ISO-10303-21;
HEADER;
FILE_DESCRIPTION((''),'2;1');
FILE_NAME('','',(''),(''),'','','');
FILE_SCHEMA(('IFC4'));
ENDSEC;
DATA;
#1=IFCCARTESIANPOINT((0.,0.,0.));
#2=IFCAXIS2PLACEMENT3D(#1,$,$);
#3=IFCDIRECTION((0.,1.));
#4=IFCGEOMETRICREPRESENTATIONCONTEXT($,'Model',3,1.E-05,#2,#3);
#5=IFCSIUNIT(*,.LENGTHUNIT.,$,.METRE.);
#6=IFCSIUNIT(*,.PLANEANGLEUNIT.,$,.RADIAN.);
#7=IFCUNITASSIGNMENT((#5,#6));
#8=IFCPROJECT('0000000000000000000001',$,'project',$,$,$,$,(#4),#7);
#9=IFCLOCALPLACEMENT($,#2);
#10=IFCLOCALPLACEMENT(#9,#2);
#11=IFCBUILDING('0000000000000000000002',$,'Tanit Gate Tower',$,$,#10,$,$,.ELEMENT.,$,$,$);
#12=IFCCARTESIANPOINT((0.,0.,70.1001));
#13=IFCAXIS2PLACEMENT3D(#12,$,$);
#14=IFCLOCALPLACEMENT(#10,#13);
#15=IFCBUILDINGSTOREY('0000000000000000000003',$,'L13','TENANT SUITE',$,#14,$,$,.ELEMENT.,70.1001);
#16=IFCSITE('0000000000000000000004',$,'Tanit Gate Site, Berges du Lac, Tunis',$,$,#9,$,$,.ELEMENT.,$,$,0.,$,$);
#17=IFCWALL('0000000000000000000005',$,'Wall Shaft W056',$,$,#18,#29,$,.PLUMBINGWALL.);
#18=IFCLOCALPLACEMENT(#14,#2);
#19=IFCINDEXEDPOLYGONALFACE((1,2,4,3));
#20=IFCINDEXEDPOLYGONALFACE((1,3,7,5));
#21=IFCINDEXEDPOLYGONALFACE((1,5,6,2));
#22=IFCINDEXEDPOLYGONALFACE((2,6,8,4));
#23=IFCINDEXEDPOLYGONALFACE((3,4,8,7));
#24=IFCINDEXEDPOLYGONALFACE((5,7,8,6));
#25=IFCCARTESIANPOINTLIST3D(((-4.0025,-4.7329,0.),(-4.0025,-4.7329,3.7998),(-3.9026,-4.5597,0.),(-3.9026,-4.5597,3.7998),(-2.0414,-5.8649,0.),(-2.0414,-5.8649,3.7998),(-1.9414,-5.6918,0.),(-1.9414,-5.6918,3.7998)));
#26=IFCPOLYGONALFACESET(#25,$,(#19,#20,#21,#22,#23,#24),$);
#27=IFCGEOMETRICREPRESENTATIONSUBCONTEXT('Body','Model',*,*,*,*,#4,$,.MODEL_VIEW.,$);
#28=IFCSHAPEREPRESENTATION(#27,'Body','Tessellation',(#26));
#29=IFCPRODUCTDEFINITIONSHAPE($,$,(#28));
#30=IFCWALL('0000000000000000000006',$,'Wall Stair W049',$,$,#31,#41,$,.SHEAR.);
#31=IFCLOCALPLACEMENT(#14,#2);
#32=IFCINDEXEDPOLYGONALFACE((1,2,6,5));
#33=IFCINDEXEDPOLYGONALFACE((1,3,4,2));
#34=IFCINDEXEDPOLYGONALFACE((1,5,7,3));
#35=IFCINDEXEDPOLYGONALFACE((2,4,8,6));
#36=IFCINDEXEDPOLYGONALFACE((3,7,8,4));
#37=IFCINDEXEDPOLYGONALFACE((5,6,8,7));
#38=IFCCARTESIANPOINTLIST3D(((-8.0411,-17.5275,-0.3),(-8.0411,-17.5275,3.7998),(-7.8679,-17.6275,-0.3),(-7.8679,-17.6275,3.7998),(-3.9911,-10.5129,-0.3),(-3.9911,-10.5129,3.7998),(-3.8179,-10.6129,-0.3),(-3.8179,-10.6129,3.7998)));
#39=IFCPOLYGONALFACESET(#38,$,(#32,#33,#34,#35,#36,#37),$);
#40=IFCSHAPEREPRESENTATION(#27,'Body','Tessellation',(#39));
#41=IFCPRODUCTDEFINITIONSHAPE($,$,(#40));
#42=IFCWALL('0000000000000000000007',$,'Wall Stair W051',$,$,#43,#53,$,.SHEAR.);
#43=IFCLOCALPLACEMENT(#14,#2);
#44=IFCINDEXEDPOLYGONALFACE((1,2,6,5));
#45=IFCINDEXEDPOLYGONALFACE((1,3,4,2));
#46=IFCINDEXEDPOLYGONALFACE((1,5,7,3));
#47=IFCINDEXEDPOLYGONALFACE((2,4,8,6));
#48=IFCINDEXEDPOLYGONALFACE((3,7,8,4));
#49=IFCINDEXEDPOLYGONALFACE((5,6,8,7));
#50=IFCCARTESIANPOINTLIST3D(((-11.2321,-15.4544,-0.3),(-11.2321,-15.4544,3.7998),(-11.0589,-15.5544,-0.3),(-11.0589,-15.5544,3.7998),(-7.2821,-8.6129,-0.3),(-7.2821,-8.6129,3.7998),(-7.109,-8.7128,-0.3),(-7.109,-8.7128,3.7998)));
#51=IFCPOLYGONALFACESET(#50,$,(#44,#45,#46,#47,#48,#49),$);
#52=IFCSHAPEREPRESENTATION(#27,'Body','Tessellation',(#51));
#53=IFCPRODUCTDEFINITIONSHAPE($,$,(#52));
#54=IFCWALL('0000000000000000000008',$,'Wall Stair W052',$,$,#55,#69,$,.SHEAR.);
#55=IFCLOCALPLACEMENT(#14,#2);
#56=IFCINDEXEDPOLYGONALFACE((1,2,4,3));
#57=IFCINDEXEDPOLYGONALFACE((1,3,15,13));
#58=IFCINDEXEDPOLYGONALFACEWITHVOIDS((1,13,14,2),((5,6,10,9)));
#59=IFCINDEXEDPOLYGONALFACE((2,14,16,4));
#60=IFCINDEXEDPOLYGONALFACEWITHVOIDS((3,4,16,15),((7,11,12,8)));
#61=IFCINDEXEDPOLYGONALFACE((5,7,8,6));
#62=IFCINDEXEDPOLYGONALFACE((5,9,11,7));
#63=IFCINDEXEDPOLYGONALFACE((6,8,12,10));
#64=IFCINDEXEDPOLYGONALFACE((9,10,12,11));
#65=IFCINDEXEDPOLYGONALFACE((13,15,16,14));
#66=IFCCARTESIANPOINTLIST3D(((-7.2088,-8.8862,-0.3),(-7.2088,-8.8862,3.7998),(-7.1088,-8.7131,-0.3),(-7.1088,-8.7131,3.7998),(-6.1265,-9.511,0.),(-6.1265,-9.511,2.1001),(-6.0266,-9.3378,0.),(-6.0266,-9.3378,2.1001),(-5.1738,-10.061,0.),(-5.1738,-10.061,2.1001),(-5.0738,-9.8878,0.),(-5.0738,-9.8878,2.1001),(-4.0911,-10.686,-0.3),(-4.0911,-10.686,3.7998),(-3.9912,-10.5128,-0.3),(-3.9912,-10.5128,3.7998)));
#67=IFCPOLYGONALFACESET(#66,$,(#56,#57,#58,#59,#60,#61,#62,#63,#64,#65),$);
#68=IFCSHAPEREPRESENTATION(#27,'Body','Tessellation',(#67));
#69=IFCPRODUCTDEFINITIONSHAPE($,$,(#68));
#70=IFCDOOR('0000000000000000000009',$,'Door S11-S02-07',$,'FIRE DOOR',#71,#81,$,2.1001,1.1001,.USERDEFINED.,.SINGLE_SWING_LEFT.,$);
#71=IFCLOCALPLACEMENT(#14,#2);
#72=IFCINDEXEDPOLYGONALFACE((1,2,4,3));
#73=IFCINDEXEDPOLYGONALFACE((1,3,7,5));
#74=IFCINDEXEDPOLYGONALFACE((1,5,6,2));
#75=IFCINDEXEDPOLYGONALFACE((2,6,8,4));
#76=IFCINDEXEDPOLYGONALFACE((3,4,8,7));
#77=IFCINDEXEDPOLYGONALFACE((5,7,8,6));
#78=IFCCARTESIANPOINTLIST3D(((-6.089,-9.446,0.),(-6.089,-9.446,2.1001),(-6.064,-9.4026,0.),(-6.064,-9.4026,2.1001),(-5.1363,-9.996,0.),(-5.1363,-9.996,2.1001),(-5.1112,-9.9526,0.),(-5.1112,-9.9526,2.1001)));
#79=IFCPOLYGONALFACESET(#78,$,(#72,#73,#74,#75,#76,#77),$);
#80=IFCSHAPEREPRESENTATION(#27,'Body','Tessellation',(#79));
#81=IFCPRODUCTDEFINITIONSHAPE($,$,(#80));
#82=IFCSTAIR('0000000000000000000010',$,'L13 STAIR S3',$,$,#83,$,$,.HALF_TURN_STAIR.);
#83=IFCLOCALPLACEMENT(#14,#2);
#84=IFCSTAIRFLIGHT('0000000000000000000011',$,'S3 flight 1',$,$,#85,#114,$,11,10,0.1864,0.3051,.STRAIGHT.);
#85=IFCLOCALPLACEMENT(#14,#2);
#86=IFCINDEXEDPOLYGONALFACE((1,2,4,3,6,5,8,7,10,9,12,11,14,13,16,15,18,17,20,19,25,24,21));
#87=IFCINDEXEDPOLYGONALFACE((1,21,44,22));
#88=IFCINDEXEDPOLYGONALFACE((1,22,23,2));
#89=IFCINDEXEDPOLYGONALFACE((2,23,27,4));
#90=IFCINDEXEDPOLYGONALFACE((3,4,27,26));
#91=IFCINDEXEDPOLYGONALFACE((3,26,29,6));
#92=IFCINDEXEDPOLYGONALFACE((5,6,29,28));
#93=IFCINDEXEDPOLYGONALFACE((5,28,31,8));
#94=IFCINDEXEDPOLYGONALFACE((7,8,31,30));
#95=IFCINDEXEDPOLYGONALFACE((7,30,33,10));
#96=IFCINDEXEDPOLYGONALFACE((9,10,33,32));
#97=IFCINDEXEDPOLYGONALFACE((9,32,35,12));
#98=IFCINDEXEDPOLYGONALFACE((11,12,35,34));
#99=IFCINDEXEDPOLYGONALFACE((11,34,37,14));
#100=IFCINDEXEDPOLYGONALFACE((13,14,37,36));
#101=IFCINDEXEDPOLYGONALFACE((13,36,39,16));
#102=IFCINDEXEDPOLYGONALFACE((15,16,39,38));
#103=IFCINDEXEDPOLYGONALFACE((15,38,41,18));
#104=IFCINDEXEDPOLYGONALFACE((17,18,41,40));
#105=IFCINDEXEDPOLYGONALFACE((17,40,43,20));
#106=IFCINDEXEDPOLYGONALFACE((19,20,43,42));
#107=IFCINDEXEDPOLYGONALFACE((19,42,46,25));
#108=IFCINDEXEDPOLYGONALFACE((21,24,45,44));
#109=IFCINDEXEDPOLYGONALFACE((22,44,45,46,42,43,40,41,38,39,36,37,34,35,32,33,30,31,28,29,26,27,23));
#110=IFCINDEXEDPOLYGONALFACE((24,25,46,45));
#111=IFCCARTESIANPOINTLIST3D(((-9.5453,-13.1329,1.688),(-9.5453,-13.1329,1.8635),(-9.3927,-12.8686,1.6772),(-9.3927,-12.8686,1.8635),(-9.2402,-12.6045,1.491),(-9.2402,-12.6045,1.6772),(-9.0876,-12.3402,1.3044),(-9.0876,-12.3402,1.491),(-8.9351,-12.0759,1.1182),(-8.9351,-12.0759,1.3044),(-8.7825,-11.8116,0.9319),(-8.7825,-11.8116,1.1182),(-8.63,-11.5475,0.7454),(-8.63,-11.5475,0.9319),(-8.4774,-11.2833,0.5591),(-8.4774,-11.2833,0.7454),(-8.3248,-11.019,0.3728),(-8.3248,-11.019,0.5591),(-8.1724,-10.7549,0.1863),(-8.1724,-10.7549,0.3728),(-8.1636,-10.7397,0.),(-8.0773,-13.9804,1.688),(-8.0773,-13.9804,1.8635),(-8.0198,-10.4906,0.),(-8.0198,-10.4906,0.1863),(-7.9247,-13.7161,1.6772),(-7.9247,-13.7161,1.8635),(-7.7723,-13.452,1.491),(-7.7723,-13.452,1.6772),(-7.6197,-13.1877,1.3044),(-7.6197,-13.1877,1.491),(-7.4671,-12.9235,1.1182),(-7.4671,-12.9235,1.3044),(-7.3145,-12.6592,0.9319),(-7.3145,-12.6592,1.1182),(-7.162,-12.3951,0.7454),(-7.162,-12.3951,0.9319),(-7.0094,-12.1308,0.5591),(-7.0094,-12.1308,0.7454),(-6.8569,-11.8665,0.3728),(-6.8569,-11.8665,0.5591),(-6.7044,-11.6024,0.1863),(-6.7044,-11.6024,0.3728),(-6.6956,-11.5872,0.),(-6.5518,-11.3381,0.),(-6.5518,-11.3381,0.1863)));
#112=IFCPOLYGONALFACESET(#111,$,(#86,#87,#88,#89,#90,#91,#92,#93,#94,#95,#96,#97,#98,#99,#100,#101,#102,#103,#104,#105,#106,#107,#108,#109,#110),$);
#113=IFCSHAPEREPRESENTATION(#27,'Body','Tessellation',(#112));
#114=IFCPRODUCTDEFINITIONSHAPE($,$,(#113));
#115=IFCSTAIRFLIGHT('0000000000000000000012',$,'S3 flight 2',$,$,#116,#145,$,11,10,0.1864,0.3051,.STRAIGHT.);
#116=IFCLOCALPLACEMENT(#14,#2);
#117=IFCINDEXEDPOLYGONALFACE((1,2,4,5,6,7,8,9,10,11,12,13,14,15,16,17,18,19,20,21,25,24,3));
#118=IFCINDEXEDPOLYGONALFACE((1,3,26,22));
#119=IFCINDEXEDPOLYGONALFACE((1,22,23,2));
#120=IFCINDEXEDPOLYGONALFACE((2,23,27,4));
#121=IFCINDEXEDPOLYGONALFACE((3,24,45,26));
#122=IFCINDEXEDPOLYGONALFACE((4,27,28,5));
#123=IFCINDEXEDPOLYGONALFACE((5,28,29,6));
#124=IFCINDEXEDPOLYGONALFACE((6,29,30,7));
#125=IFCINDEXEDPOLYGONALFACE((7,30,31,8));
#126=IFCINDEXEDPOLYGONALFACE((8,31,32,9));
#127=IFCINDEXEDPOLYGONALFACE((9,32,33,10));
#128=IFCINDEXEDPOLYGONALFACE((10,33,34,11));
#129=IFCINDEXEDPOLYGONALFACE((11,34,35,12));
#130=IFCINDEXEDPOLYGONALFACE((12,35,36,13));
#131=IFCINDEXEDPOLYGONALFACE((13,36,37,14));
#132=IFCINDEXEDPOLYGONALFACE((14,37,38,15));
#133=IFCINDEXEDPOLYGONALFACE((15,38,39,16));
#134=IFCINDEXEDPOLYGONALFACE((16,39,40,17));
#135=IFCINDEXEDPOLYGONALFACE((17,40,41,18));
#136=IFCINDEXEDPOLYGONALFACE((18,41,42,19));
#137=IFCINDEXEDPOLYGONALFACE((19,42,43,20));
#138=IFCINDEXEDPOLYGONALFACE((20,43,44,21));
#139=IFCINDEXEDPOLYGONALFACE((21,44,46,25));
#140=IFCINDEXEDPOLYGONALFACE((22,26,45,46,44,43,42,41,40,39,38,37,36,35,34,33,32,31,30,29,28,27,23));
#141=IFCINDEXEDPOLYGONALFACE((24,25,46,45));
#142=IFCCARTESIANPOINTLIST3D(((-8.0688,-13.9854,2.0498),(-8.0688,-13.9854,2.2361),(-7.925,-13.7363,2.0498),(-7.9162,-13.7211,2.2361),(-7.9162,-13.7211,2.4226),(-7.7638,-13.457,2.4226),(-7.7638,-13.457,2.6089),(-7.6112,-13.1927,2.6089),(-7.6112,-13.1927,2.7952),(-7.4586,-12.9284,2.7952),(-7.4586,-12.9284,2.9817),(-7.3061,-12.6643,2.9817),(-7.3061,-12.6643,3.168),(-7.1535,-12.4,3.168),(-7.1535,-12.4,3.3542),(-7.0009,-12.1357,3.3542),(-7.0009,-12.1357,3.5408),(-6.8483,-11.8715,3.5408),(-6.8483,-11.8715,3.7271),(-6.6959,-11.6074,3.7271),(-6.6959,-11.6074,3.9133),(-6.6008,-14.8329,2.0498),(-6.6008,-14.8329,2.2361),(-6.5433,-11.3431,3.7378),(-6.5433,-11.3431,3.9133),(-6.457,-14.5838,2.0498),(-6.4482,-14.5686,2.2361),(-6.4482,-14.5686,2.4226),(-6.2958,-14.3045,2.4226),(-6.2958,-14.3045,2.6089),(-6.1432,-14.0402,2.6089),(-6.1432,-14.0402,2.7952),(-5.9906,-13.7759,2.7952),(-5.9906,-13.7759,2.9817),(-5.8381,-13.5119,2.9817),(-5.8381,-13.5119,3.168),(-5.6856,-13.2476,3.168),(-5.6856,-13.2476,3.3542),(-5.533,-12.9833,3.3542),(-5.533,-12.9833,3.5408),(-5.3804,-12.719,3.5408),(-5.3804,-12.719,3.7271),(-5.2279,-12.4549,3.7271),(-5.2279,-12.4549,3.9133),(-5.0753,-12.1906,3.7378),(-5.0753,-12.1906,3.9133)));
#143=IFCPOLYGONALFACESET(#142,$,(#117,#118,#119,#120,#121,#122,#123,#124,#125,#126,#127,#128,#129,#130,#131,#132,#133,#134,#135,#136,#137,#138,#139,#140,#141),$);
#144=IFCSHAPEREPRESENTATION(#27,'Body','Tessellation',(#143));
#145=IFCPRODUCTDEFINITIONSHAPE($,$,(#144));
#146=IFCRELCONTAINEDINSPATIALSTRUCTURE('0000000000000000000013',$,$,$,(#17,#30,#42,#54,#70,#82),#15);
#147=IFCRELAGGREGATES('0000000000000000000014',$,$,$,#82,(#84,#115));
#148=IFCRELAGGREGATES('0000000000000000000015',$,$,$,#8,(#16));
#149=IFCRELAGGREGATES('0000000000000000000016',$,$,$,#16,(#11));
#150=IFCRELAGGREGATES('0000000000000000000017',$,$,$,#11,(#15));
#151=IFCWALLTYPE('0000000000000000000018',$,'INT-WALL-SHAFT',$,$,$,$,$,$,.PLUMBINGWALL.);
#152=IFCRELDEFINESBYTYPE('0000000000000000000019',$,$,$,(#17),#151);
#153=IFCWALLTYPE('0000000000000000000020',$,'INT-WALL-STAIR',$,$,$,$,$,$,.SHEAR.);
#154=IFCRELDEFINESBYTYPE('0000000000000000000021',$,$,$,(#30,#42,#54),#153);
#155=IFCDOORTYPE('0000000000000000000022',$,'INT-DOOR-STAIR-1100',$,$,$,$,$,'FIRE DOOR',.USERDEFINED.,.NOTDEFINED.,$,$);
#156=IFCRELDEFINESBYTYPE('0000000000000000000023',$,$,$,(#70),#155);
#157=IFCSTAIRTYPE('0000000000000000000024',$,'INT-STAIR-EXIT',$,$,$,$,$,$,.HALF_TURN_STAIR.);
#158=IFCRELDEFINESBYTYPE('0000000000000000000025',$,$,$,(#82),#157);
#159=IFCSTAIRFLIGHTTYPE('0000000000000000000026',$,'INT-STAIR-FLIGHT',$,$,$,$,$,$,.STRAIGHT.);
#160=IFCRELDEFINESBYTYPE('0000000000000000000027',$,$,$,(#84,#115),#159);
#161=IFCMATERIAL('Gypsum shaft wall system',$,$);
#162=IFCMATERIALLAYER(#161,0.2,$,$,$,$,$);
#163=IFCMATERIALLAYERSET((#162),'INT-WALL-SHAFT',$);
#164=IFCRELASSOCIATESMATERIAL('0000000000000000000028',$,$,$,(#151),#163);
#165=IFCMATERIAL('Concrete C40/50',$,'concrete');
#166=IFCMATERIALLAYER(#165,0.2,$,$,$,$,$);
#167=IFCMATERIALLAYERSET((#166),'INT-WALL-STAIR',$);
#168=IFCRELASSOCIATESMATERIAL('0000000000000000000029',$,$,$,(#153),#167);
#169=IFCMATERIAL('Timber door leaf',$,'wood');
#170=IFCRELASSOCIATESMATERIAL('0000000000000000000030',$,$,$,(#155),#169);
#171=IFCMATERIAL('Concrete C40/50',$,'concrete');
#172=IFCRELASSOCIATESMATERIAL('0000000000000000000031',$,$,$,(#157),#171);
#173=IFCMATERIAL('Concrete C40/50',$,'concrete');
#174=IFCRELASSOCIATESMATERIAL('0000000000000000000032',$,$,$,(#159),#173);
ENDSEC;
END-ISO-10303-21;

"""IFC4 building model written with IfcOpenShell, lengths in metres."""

from ifc_helpers import new_model, si_unit, direction, frame, frame_2d, origin, place, context, subcontext, project, spatial, polyline, rectangle, outline, extrude, material, layer, layer_set, type_object, element, fill, aggregate, save


model = new_model("IFC4")

# Units and contexts
model_context = context("Model", 3, precision=1e-05, world=origin(), true_north=direction((0.0, 1.0)))
body_context = subcontext(model_context, "Body", "Model", "MODEL_VIEW")
ifc_project = project(units=[si_unit("LENGTHUNIT", "METRE"), si_unit("PLANEANGLEUNIT", "RADIAN")], contexts=[model_context])

# Site, building, storey
site_placement = place(None, origin())
site = spatial("IfcSite", under=ifc_project, at=site_placement, Name="Tanit Gate Site, Berges du Lac, Tunis", CompositionType="ELEMENT", RefElevation=0.0)
building_placement = place(site_placement, origin())
building = spatial("IfcBuilding", under=site, at=building_placement, Name="Tanit Gate Tower", CompositionType="ELEMENT")
storey_placement = place(building_placement, frame((0.0, 0.0, 70.1001)))
storey = spatial("IfcBuildingStorey", under=building, at=storey_placement, Name="L13", Description="TENANT SUITE", CompositionType="ELEMENT", Elevation=70.1001)

# Shared definitions
ifc_material_1 = material(Name="Gypsum shaft wall system")
ifc_layer_1 = layer(ifc_material_1, 0.2)
ifc_layer_set_1 = layer_set([ifc_layer_1], Name="INT-WALL-SHAFT")
wall_type_1 = type_object("IfcWallType", Name="INT-WALL-SHAFT", PredefinedType="PLUMBINGWALL", material=ifc_layer_set_1)

# Walls
wall_1_placement = place(storey_placement, frame((-3.9526, -4.6462, 0.0), z_axis=(0.0, 0.0, 1.0), x_axis=(0.866065, -0.499931, 0.0)))
element("IfcWall", 1, at=wall_1_placement, inside=storey, type_object=wall_type_1, Name="Wall Shaft W056", PredefinedType="PLUMBINGWALL", context=body_context, shape_type="SweptSolid", body=[
    extrude(rectangle(XDim=2.2644, YDim=0.2, at=frame_2d((1.1323, 0.0))), origin(), (0.0, 0.0, 1.0), 3.7998),
])
ifc_material_2 = material(Name="Concrete C40/50", Category="concrete")
ifc_layer_2 = layer(ifc_material_2, 0.2)
ifc_layer_set_2 = layer_set([ifc_layer_2], Name="INT-WALL-STAIR")
wall_type_2 = type_object("IfcWallType", Name="INT-WALL-STAIR", PredefinedType="SHEAR", material=ifc_layer_set_2)
wall_2_placement = place(storey_placement, frame((-3.9045, -10.563, -0.3), z_axis=(0.0, 0.0, 1.0), x_axis=(-0.500013, -0.866018, 0.0)))
element("IfcWall", 2, at=wall_2_placement, inside=storey, type_object=wall_type_2, Name="Wall Stair W049", PredefinedType="SHEAR", context=body_context, shape_type="SweptSolid", body=[
    extrude(rectangle(XDim=8.0999, YDim=0.2, at=frame_2d((4.0498, 0.0))), origin(), (0.0, 0.0, 1.0), 4.0999),
])
wall_3_placement = place(storey_placement, frame((-7.1956, -8.6628, -0.3), z_axis=(0.0, 0.0, 1.0), x_axis=(-0.499998, -0.866027, 0.0)))
element("IfcWall", 3, at=wall_3_placement, inside=storey, type_object=wall_type_2, Name="Wall Stair W051", PredefinedType="SHEAR", context=body_context, shape_type="SweptSolid", body=[
    extrude(rectangle(XDim=7.8999, YDim=0.2, at=frame_2d((3.95, 0.0))), origin(), (0.0, 0.0, 1.0), 4.0999),
])

# Wall, opening, door
wall_4_placement = place(storey_placement, frame((-4.0413, -10.5994, -0.3), z_axis=(0.0, 0.0, 1.0), x_axis=(-0.866048, 0.499961, 0.0)))
wall_4 = element("IfcWall", 4, at=wall_4_placement, inside=storey, type_object=wall_type_2, Name="Wall Stair W052", PredefinedType="SHEAR", context=body_context, shape_type="SweptSolid", body=[
    extrude(rectangle(XDim=3.5999, YDim=0.2, at=frame_2d((1.7998, 0.0))), origin(), (0.0, 0.0, 1.0), 4.0999),
])
opening_1_placement = place(wall_4_placement, frame((1.25, 0.0, 0.3)))
opening_1 = element("IfcOpeningElement", 5, at=opening_1_placement, cuts=wall_4, PredefinedType="OPENING", context=body_context, shape_type="SweptSolid", body=[
    extrude(rectangle(XDim=1.1001, YDim=2.1001, at=frame_2d((0.55, 1.05))), frame((0.0, 0.1099, 0.0), z_axis=(0.0, -1.0, 0.0), x_axis=(1.0, 0.0, 0.0)), (0.0, 0.0, 1.0), 0.22),
])
ifc_material_3 = material(Name="Timber door leaf", Category="wood")
door_type_1 = type_object("IfcDoorType", Name="INT-DOOR-STAIR-1100", ElementType="FIRE DOOR", OperationType="NOTDEFINED", PredefinedType="USERDEFINED", material=ifc_material_3)
door_1_placement = place(opening_1_placement, origin())
door_1 = element("IfcDoor", 6, at=door_1_placement, inside=storey, type_object=door_type_1, Name="Door S11-S02-07", ObjectType="FIRE DOOR", OperationType="SINGLE_SWING_LEFT", OverallHeight=2.1001, OverallWidth=1.1001, PredefinedType="USERDEFINED", context=body_context, shape_type="SweptSolid", body=[
    extrude(rectangle(XDim=1.1001, YDim=2.1001, at=frame_2d((0.55, 1.05))), frame((0.0, 0.0249, 0.0), z_axis=(0.0, -1.0, 0.0), x_axis=(1.0, 0.0, 0.0)), (0.0, 0.0, 1.0), 0.05),
])
fill(opening_1, door_1)

# Stair, stair flights
ifc_material_4 = material(Name="Concrete C40/50", Category="concrete")
stair_type = type_object("IfcStairType", Name="INT-STAIR-EXIT", PredefinedType="HALF_TURN_STAIR", material=ifc_material_4)
stair_placement = place(storey_placement, origin())
stair = element("IfcStair", 7, at=stair_placement, inside=storey, type_object=stair_type, Name="L13 STAIR S3", PredefinedType="HALF_TURN_STAIR")
ifc_material_5 = material(Name="Concrete C40/50", Category="concrete")
stair_flight_type = type_object("IfcStairFlightType", Name="INT-STAIR-FLIGHT", PredefinedType="STRAIGHT", material=ifc_material_5)
stair_flight_1_placement = place(storey_placement, frame((-7.2859, -10.9143, 0.0), z_axis=(0.0, 0.0, 1.0), x_axis=(-0.5, -0.866025, 0.0)))
stair_flight_1 = element("IfcStairFlight", 8, at=stair_flight_1_placement, type_object=stair_flight_type, Name="S3 flight 1", NumberOfRisers=11, NumberOfTreads=10, PredefinedType="STRAIGHT", RiserHeight=0.1864, TreadLength=0.3051, context=body_context, shape_type="SweptSolid", body=[
    extrude(outline(polyline([(0.0, 0.0), (0.0, 0.1863), (0.3052, 0.1863), (0.3052, 0.3728), (0.6101, 0.3728), (0.6101, 0.5591), (0.9153, 0.5591), (0.9153, 0.7454), (1.2205, 0.7454), (1.2205, 0.9319), (1.5254, 0.9319), (1.5254, 1.1182), (1.8306, 1.1182), (1.8306, 1.3044), (2.1357, 1.3044), (2.1357, 1.491), (2.4409, 1.491), (2.4409, 1.6772), (2.7458, 1.6772), (2.7458, 1.8635), (3.051, 1.8635), (3.051, 2.05), (3.051, 1.688), (0.2876, 0.0), (0.0, 0.0)])), frame((0.0, 0.8477, 0.0), z_axis=(0.0, -1.0, 0.0), x_axis=(1.0, 0.0, 0.0)), (0.0, 0.0, 1.0), 1.6951),
])
stair_flight_2_placement = place(storey_placement, frame((-7.3347, -14.4092, 2.0498), z_axis=(0.0, 0.0, 1.0), x_axis=(0.5, 0.866025, 0.0)))
stair_flight_2 = element("IfcStairFlight", 9, at=stair_flight_2_placement, type_object=stair_flight_type, Name="S3 flight 2", NumberOfRisers=11, NumberOfTreads=10, PredefinedType="STRAIGHT", RiserHeight=0.1864, TreadLength=0.3051, context=body_context, shape_type="SweptSolid", body=[
    extrude(outline(polyline([(0.0, 0.0), (0.0, 0.1863), (0.3052, 0.1863), (0.3052, 0.3728), (0.6101, 0.3728), (0.6101, 0.5591), (0.9153, 0.5591), (0.9153, 0.7454), (1.2205, 0.7454), (1.2205, 0.9319), (1.5254, 0.9319), (1.5254, 1.1182), (1.8306, 1.1182), (1.8306, 1.3044), (2.1357, 1.3044), (2.1357, 1.491), (2.4409, 1.491), (2.4409, 1.6772), (2.7458, 1.6772), (2.7458, 1.8635), (3.051, 1.8635), (3.051, 2.05), (3.051, 1.688), (0.2876, 0.0), (0.0, 0.0)])), frame((0.0, 0.8477, 0.0), z_axis=(0.0, -1.0, 0.0), x_axis=(1.0, 0.0, 0.0)), (0.0, 0.0, 1.0), 1.6951),
])
aggregate(stair, [stair_flight_1, stair_flight_2])

save(model, "model.ifc")
